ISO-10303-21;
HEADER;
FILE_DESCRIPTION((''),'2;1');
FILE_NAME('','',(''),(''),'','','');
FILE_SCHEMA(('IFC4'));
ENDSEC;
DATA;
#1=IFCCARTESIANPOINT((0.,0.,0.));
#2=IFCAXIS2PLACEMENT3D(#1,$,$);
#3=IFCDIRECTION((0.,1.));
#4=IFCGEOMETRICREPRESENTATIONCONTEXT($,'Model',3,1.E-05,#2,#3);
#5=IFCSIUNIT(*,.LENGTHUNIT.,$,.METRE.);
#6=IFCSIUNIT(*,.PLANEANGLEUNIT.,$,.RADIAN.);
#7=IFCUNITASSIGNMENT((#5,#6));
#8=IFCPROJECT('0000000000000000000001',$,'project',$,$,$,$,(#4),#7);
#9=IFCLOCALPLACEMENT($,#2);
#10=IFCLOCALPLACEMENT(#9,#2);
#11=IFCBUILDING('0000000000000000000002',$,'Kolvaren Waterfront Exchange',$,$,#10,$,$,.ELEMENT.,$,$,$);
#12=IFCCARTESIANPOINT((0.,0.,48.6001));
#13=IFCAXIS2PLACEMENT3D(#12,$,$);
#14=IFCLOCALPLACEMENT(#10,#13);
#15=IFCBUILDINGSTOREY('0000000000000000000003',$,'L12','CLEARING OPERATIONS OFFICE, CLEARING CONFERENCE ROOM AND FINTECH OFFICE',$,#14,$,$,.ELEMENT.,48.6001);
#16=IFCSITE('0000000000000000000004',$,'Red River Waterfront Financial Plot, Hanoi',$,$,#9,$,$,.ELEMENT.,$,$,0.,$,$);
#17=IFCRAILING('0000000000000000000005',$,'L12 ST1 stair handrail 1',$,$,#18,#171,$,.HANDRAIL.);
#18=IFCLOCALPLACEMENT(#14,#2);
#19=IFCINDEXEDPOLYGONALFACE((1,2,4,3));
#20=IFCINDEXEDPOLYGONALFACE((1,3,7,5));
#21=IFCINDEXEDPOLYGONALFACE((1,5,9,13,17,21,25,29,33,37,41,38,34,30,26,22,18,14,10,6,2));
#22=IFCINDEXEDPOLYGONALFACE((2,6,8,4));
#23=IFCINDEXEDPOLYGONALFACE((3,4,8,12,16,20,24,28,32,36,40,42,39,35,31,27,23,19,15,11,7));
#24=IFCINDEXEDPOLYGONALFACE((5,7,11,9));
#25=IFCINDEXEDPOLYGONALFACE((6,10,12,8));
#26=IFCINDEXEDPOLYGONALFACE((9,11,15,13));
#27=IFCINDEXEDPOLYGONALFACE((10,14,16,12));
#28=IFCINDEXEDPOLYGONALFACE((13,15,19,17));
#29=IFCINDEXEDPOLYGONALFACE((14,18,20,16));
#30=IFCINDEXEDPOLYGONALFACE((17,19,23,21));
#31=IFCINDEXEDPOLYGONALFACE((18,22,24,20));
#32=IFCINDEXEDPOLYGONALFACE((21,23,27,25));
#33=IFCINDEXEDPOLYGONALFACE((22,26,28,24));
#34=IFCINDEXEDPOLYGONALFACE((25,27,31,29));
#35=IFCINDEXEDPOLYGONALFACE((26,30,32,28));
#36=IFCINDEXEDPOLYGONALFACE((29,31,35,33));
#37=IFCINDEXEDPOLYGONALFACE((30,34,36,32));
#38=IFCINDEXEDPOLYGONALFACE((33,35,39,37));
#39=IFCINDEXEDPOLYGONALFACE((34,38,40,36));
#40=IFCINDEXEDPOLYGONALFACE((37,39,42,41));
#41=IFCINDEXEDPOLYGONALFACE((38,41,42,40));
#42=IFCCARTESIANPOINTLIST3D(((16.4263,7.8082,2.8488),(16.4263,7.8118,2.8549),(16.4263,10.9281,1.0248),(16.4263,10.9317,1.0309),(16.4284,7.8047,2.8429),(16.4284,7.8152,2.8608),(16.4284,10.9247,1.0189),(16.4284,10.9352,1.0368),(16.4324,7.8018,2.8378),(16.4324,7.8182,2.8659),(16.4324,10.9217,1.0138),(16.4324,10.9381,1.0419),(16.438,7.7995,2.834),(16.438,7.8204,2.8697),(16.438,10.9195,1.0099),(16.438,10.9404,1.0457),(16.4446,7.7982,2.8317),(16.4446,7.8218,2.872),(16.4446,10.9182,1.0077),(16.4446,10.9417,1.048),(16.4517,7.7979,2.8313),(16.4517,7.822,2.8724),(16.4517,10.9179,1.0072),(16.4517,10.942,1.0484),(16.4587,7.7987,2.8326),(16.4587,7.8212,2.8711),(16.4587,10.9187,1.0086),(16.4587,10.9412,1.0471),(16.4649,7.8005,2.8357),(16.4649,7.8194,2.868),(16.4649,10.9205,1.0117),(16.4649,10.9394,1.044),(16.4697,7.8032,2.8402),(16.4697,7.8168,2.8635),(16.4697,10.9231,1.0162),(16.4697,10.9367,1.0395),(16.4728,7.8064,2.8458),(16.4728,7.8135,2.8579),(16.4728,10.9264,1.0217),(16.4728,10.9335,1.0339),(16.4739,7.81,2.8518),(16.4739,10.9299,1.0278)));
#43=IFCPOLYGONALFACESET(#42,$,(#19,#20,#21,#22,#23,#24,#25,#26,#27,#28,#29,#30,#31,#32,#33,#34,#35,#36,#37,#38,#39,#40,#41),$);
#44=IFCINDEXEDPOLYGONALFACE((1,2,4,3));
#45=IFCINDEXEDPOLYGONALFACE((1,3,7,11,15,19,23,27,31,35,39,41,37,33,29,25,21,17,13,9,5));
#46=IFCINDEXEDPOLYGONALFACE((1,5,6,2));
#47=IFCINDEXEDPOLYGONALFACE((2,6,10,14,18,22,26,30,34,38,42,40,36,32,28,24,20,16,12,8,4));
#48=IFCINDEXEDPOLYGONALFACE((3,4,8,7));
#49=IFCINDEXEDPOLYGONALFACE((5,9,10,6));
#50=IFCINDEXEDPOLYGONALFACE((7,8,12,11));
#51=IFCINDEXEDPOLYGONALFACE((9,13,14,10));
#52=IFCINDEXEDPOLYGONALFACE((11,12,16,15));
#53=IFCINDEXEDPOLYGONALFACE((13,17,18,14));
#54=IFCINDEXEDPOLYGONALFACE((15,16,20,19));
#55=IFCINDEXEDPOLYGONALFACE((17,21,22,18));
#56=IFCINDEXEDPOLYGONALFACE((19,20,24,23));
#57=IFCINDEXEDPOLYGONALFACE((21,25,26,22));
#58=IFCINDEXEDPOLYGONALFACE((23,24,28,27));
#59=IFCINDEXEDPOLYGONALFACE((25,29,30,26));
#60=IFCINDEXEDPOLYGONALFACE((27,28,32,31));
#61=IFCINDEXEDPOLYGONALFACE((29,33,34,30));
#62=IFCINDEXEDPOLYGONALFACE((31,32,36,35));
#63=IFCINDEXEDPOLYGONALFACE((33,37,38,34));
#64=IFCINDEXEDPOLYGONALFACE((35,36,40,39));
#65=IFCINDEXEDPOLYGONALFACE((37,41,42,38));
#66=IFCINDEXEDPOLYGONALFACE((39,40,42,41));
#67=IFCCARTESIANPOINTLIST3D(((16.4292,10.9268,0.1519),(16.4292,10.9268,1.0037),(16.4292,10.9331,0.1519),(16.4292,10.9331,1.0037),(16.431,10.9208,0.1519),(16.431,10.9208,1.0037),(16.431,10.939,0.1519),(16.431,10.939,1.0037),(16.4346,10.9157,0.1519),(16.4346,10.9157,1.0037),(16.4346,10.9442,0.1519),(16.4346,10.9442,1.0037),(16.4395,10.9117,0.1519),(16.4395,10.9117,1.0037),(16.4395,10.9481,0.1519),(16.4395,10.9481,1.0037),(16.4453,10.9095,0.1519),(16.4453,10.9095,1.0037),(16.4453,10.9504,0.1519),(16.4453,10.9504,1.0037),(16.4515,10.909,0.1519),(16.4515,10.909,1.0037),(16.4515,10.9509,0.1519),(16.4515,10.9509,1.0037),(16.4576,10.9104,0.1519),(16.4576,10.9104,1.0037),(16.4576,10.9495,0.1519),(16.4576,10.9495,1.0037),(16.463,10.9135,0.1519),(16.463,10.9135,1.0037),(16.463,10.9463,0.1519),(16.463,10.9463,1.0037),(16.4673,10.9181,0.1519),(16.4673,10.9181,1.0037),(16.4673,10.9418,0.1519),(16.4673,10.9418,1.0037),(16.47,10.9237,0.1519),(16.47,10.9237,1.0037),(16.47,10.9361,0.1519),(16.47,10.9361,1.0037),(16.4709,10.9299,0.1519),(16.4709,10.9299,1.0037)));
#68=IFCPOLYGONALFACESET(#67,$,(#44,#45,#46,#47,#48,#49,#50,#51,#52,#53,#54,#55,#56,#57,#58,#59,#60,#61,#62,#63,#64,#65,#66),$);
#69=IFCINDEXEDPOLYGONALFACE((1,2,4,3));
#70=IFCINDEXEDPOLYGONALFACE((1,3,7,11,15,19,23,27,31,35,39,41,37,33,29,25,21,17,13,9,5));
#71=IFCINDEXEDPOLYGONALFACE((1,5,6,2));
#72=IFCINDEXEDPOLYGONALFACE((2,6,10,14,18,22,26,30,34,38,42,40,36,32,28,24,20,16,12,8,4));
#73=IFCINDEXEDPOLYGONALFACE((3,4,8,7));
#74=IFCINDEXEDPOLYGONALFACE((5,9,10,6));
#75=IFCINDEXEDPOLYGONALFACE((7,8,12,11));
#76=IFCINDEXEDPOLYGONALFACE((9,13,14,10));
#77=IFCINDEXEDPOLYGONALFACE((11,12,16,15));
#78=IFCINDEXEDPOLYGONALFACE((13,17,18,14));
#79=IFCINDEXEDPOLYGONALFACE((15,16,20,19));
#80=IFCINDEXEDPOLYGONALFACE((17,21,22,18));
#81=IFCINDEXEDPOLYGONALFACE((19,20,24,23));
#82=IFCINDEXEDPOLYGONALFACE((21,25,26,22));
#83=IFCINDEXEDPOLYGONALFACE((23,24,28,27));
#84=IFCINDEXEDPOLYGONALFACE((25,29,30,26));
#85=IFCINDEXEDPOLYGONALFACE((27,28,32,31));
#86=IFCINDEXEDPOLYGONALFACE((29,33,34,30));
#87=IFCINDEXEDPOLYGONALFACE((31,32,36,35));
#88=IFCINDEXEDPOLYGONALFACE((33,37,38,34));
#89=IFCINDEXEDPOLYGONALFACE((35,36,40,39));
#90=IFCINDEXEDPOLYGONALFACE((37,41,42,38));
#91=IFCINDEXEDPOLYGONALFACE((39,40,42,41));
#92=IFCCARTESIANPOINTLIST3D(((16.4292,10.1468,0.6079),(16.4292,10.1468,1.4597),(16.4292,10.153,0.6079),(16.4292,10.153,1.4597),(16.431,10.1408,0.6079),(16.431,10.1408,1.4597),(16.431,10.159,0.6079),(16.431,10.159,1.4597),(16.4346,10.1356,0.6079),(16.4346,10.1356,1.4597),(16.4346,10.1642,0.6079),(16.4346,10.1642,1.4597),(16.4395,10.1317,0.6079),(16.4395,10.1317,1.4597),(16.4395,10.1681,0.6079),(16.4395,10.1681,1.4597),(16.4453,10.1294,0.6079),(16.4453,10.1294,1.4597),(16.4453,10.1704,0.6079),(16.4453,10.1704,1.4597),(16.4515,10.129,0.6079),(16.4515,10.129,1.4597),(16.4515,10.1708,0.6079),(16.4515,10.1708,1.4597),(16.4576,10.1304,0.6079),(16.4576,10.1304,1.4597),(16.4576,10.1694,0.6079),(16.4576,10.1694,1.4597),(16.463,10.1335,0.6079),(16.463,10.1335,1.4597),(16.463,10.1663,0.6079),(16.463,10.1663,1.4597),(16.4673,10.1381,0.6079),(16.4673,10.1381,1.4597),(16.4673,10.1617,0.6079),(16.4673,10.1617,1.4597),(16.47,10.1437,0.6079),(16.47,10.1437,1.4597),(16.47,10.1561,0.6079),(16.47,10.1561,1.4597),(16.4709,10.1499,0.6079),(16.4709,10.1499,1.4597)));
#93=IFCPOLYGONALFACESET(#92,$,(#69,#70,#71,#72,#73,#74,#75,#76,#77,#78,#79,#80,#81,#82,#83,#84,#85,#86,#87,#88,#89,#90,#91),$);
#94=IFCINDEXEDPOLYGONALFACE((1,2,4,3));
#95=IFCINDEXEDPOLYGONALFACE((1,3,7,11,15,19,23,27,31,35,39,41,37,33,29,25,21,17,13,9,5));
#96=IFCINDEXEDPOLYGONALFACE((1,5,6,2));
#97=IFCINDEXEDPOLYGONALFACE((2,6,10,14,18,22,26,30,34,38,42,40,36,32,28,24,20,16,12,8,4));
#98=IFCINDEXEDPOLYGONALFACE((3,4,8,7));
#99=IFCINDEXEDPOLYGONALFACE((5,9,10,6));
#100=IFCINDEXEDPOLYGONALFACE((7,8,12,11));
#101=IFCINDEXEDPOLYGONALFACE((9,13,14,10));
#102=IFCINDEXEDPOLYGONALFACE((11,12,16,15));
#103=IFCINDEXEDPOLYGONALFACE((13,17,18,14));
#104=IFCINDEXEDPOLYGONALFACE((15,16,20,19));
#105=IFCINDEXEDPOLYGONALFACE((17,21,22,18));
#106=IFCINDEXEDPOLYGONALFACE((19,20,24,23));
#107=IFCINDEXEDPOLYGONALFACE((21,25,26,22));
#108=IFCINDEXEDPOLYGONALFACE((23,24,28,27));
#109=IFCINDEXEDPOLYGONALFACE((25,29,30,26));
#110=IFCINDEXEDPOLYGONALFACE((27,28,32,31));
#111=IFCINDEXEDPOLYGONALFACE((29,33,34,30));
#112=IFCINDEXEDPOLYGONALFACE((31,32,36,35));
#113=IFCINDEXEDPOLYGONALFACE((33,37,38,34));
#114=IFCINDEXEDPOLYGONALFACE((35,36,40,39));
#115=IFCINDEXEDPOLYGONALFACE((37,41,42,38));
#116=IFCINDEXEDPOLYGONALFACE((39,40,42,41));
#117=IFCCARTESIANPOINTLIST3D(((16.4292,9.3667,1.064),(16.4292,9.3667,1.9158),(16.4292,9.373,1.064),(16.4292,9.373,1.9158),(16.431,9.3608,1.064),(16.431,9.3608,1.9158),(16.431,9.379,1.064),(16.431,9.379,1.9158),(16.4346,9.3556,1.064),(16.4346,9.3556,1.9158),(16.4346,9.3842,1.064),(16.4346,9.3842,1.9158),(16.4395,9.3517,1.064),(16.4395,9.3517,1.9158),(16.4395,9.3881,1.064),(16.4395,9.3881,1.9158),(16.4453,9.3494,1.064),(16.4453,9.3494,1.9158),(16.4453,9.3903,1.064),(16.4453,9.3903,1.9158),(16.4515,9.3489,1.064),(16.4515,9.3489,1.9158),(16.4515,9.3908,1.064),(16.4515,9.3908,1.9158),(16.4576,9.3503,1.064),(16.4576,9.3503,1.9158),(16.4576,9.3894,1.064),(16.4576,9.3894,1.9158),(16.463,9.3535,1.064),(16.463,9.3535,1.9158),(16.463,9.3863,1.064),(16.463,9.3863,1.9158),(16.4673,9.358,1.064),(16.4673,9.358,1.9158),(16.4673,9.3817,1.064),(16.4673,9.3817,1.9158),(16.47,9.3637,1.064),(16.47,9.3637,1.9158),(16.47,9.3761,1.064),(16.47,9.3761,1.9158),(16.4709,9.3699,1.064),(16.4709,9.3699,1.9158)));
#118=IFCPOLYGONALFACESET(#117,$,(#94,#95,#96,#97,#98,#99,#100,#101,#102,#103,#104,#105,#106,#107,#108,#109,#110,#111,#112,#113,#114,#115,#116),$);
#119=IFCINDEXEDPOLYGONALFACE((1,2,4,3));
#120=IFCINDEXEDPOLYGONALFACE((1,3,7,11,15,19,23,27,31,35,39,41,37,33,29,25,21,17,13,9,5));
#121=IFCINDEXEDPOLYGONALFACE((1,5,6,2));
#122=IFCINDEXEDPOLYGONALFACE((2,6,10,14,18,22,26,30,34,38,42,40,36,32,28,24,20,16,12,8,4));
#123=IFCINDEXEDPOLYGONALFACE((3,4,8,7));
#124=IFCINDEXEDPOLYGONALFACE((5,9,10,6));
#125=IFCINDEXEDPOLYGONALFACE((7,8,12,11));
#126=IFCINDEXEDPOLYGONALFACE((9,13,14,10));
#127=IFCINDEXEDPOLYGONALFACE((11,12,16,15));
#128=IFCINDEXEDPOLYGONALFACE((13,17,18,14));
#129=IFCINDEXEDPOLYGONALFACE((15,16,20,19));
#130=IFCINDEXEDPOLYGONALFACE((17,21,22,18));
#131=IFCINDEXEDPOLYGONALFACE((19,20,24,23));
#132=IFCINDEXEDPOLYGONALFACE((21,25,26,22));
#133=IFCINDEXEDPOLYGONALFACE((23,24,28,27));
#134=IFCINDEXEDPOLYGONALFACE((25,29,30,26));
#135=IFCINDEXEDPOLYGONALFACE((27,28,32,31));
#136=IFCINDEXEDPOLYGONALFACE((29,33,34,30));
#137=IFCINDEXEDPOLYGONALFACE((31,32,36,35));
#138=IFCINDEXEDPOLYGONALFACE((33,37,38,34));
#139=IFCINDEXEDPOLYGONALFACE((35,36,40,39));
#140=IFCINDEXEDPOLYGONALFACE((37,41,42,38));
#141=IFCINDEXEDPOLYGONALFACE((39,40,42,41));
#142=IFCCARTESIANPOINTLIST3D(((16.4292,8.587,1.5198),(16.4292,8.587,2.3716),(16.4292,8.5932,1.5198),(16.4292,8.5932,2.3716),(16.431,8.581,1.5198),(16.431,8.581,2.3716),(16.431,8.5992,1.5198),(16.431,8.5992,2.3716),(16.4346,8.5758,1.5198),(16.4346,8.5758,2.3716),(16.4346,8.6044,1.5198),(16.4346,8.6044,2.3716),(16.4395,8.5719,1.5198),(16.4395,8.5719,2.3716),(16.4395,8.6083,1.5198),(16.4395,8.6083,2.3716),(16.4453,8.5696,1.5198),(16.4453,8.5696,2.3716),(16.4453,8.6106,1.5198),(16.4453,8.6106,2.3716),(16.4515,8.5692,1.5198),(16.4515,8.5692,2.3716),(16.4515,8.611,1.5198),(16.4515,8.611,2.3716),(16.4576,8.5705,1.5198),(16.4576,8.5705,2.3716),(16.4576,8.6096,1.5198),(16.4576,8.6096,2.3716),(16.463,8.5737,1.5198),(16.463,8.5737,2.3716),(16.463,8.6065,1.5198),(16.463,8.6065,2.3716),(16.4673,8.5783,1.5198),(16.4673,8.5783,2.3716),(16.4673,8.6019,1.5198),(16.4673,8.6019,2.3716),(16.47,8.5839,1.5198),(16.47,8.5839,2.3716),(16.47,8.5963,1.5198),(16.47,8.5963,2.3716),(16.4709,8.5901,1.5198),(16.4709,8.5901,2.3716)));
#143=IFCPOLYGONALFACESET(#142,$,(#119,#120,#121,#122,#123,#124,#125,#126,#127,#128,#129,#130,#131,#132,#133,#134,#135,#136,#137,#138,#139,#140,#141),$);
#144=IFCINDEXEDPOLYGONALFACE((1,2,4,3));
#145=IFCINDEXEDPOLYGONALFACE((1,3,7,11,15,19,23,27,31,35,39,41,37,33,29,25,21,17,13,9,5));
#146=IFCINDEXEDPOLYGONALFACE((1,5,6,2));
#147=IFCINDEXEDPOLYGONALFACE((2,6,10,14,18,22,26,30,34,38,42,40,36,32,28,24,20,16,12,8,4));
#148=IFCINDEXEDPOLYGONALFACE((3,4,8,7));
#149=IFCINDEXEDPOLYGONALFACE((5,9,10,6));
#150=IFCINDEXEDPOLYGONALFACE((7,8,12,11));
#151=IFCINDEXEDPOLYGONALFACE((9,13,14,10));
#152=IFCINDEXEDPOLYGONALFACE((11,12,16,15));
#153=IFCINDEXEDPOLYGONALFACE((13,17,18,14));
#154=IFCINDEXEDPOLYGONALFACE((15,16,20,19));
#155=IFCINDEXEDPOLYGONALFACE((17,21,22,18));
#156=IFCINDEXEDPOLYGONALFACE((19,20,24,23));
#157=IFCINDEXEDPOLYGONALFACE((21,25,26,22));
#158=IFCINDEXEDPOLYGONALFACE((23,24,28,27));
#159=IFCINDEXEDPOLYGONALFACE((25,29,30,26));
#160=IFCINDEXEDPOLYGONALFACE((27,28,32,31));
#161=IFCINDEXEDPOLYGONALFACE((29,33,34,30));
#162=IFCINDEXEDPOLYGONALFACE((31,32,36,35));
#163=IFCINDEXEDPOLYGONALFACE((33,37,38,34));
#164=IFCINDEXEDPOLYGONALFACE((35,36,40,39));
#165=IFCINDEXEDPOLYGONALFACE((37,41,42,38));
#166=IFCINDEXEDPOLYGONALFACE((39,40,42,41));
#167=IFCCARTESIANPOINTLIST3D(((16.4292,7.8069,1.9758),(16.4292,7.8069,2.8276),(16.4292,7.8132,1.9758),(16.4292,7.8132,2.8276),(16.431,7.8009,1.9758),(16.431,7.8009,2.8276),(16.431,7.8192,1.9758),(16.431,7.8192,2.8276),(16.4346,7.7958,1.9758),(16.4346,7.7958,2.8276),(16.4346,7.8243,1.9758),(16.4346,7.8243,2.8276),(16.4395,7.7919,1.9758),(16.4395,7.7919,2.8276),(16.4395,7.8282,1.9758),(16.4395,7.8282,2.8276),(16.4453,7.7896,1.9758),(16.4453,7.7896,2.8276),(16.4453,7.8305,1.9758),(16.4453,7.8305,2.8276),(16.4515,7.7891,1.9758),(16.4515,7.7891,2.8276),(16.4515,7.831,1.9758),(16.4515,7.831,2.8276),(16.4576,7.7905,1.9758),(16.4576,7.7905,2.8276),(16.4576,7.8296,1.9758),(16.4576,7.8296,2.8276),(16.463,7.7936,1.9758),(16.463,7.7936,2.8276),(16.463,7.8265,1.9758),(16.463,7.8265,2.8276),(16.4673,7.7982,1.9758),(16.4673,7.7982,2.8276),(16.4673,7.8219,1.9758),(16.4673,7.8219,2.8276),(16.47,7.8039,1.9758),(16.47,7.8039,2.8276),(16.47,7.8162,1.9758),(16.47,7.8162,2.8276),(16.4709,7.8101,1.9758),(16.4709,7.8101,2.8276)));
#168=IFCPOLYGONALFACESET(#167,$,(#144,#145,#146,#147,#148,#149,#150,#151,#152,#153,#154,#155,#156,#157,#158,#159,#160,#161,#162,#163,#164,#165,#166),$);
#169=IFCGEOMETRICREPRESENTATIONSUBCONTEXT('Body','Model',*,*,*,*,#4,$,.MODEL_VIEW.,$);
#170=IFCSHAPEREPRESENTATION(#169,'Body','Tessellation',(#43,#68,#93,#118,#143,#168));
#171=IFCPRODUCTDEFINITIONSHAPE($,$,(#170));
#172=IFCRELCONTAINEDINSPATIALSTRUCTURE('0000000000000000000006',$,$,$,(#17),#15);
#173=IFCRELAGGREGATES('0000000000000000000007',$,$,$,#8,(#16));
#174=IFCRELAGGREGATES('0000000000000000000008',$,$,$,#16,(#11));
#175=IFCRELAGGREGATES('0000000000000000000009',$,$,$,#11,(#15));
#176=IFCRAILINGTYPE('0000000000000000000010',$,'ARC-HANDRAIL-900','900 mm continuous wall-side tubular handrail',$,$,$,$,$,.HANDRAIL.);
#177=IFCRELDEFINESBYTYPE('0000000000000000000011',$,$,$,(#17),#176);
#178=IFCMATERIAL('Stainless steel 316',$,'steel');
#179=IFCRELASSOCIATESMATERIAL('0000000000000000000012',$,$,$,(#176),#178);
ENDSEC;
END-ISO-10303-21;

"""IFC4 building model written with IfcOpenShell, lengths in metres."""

from ifc_helpers import new_model, si_unit, direction, frame, origin, origin_2d, place, context, subcontext, project, spatial, circle, extrude, material, type_object, element, save


model = new_model("IFC4")

# Units and contexts
model_context = context("Model", 3, precision=1e-05, world=origin(), true_north=direction((0.0, 1.0)))
body_context = subcontext(model_context, "Body", "Model", "MODEL_VIEW")
ifc_project = project(units=[si_unit("LENGTHUNIT", "METRE"), si_unit("PLANEANGLEUNIT", "RADIAN")], contexts=[model_context])

# Site, building, storey
site_placement = place(None, origin())
site = spatial("IfcSite", under=ifc_project, at=site_placement, Name="Red River Waterfront Financial Plot, Hanoi", CompositionType="ELEMENT", RefElevation=0.0)
building_placement = place(site_placement, origin())
building = spatial("IfcBuilding", under=site, at=building_placement, Name="Kolvaren Waterfront Exchange", CompositionType="ELEMENT")
storey_placement = place(building_placement, frame((0.0, 0.0, 48.6001)))
storey = spatial("IfcBuildingStorey", under=building, at=storey_placement, Name="L12", Description="CLEARING OPERATIONS OFFICE, CLEARING CONFERENCE ROOM AND FINTECH OFFICE", CompositionType="ELEMENT", Elevation=48.6001)

# Railing
ifc_material_1 = material(Name="Stainless steel 316", Category="steel")
railing_type_1 = type_object("IfcRailingType", Name="ARC-HANDRAIL-900", Description="900 mm continuous wall-side tubular handrail", PredefinedType="HANDRAIL", material=ifc_material_1)
railing_1_placement = place(storey_placement, frame((16.45, 10.9299, 0.1519)))
element("IfcRailing", 1, at=railing_1_placement, inside=storey, type_object=railing_type_1, Name="L12 ST1 stair handrail 1", PredefinedType="HANDRAIL", context=body_context, shape_type="SweptSolid", body=[
    extrude(circle(Radius=0.0239, at=origin_2d()), frame((0.0, 0.0, 0.876), z_axis=(0.0, -0.863291, 0.504707), x_axis=(1.0, 0.0, 0.0)), (0.0, 0.0, 1.0), 3.614),
    extrude(circle(Radius=0.021, at=origin_2d()), origin(), (0.0, 0.0, 1.0), 0.8518),
    extrude(circle(Radius=0.021, at=origin_2d()), frame((0.0, -0.78, 0.4561)), (0.0, 0.0, 1.0), 0.8518),
    extrude(circle(Radius=0.021, at=origin_2d()), frame((0.0, -1.5601, 0.9121)), (0.0, 0.0, 1.0), 0.8518),
    extrude(circle(Radius=0.021, at=origin_2d()), frame((0.0, -2.3398, 1.3679)), (0.0, 0.0, 1.0), 0.8518),
    extrude(circle(Radius=0.021, at=origin_2d()), frame((0.0, -3.1199, 1.824)), (0.0, 0.0, 1.0), 0.8518),
])

save(model, "model.ifc")
